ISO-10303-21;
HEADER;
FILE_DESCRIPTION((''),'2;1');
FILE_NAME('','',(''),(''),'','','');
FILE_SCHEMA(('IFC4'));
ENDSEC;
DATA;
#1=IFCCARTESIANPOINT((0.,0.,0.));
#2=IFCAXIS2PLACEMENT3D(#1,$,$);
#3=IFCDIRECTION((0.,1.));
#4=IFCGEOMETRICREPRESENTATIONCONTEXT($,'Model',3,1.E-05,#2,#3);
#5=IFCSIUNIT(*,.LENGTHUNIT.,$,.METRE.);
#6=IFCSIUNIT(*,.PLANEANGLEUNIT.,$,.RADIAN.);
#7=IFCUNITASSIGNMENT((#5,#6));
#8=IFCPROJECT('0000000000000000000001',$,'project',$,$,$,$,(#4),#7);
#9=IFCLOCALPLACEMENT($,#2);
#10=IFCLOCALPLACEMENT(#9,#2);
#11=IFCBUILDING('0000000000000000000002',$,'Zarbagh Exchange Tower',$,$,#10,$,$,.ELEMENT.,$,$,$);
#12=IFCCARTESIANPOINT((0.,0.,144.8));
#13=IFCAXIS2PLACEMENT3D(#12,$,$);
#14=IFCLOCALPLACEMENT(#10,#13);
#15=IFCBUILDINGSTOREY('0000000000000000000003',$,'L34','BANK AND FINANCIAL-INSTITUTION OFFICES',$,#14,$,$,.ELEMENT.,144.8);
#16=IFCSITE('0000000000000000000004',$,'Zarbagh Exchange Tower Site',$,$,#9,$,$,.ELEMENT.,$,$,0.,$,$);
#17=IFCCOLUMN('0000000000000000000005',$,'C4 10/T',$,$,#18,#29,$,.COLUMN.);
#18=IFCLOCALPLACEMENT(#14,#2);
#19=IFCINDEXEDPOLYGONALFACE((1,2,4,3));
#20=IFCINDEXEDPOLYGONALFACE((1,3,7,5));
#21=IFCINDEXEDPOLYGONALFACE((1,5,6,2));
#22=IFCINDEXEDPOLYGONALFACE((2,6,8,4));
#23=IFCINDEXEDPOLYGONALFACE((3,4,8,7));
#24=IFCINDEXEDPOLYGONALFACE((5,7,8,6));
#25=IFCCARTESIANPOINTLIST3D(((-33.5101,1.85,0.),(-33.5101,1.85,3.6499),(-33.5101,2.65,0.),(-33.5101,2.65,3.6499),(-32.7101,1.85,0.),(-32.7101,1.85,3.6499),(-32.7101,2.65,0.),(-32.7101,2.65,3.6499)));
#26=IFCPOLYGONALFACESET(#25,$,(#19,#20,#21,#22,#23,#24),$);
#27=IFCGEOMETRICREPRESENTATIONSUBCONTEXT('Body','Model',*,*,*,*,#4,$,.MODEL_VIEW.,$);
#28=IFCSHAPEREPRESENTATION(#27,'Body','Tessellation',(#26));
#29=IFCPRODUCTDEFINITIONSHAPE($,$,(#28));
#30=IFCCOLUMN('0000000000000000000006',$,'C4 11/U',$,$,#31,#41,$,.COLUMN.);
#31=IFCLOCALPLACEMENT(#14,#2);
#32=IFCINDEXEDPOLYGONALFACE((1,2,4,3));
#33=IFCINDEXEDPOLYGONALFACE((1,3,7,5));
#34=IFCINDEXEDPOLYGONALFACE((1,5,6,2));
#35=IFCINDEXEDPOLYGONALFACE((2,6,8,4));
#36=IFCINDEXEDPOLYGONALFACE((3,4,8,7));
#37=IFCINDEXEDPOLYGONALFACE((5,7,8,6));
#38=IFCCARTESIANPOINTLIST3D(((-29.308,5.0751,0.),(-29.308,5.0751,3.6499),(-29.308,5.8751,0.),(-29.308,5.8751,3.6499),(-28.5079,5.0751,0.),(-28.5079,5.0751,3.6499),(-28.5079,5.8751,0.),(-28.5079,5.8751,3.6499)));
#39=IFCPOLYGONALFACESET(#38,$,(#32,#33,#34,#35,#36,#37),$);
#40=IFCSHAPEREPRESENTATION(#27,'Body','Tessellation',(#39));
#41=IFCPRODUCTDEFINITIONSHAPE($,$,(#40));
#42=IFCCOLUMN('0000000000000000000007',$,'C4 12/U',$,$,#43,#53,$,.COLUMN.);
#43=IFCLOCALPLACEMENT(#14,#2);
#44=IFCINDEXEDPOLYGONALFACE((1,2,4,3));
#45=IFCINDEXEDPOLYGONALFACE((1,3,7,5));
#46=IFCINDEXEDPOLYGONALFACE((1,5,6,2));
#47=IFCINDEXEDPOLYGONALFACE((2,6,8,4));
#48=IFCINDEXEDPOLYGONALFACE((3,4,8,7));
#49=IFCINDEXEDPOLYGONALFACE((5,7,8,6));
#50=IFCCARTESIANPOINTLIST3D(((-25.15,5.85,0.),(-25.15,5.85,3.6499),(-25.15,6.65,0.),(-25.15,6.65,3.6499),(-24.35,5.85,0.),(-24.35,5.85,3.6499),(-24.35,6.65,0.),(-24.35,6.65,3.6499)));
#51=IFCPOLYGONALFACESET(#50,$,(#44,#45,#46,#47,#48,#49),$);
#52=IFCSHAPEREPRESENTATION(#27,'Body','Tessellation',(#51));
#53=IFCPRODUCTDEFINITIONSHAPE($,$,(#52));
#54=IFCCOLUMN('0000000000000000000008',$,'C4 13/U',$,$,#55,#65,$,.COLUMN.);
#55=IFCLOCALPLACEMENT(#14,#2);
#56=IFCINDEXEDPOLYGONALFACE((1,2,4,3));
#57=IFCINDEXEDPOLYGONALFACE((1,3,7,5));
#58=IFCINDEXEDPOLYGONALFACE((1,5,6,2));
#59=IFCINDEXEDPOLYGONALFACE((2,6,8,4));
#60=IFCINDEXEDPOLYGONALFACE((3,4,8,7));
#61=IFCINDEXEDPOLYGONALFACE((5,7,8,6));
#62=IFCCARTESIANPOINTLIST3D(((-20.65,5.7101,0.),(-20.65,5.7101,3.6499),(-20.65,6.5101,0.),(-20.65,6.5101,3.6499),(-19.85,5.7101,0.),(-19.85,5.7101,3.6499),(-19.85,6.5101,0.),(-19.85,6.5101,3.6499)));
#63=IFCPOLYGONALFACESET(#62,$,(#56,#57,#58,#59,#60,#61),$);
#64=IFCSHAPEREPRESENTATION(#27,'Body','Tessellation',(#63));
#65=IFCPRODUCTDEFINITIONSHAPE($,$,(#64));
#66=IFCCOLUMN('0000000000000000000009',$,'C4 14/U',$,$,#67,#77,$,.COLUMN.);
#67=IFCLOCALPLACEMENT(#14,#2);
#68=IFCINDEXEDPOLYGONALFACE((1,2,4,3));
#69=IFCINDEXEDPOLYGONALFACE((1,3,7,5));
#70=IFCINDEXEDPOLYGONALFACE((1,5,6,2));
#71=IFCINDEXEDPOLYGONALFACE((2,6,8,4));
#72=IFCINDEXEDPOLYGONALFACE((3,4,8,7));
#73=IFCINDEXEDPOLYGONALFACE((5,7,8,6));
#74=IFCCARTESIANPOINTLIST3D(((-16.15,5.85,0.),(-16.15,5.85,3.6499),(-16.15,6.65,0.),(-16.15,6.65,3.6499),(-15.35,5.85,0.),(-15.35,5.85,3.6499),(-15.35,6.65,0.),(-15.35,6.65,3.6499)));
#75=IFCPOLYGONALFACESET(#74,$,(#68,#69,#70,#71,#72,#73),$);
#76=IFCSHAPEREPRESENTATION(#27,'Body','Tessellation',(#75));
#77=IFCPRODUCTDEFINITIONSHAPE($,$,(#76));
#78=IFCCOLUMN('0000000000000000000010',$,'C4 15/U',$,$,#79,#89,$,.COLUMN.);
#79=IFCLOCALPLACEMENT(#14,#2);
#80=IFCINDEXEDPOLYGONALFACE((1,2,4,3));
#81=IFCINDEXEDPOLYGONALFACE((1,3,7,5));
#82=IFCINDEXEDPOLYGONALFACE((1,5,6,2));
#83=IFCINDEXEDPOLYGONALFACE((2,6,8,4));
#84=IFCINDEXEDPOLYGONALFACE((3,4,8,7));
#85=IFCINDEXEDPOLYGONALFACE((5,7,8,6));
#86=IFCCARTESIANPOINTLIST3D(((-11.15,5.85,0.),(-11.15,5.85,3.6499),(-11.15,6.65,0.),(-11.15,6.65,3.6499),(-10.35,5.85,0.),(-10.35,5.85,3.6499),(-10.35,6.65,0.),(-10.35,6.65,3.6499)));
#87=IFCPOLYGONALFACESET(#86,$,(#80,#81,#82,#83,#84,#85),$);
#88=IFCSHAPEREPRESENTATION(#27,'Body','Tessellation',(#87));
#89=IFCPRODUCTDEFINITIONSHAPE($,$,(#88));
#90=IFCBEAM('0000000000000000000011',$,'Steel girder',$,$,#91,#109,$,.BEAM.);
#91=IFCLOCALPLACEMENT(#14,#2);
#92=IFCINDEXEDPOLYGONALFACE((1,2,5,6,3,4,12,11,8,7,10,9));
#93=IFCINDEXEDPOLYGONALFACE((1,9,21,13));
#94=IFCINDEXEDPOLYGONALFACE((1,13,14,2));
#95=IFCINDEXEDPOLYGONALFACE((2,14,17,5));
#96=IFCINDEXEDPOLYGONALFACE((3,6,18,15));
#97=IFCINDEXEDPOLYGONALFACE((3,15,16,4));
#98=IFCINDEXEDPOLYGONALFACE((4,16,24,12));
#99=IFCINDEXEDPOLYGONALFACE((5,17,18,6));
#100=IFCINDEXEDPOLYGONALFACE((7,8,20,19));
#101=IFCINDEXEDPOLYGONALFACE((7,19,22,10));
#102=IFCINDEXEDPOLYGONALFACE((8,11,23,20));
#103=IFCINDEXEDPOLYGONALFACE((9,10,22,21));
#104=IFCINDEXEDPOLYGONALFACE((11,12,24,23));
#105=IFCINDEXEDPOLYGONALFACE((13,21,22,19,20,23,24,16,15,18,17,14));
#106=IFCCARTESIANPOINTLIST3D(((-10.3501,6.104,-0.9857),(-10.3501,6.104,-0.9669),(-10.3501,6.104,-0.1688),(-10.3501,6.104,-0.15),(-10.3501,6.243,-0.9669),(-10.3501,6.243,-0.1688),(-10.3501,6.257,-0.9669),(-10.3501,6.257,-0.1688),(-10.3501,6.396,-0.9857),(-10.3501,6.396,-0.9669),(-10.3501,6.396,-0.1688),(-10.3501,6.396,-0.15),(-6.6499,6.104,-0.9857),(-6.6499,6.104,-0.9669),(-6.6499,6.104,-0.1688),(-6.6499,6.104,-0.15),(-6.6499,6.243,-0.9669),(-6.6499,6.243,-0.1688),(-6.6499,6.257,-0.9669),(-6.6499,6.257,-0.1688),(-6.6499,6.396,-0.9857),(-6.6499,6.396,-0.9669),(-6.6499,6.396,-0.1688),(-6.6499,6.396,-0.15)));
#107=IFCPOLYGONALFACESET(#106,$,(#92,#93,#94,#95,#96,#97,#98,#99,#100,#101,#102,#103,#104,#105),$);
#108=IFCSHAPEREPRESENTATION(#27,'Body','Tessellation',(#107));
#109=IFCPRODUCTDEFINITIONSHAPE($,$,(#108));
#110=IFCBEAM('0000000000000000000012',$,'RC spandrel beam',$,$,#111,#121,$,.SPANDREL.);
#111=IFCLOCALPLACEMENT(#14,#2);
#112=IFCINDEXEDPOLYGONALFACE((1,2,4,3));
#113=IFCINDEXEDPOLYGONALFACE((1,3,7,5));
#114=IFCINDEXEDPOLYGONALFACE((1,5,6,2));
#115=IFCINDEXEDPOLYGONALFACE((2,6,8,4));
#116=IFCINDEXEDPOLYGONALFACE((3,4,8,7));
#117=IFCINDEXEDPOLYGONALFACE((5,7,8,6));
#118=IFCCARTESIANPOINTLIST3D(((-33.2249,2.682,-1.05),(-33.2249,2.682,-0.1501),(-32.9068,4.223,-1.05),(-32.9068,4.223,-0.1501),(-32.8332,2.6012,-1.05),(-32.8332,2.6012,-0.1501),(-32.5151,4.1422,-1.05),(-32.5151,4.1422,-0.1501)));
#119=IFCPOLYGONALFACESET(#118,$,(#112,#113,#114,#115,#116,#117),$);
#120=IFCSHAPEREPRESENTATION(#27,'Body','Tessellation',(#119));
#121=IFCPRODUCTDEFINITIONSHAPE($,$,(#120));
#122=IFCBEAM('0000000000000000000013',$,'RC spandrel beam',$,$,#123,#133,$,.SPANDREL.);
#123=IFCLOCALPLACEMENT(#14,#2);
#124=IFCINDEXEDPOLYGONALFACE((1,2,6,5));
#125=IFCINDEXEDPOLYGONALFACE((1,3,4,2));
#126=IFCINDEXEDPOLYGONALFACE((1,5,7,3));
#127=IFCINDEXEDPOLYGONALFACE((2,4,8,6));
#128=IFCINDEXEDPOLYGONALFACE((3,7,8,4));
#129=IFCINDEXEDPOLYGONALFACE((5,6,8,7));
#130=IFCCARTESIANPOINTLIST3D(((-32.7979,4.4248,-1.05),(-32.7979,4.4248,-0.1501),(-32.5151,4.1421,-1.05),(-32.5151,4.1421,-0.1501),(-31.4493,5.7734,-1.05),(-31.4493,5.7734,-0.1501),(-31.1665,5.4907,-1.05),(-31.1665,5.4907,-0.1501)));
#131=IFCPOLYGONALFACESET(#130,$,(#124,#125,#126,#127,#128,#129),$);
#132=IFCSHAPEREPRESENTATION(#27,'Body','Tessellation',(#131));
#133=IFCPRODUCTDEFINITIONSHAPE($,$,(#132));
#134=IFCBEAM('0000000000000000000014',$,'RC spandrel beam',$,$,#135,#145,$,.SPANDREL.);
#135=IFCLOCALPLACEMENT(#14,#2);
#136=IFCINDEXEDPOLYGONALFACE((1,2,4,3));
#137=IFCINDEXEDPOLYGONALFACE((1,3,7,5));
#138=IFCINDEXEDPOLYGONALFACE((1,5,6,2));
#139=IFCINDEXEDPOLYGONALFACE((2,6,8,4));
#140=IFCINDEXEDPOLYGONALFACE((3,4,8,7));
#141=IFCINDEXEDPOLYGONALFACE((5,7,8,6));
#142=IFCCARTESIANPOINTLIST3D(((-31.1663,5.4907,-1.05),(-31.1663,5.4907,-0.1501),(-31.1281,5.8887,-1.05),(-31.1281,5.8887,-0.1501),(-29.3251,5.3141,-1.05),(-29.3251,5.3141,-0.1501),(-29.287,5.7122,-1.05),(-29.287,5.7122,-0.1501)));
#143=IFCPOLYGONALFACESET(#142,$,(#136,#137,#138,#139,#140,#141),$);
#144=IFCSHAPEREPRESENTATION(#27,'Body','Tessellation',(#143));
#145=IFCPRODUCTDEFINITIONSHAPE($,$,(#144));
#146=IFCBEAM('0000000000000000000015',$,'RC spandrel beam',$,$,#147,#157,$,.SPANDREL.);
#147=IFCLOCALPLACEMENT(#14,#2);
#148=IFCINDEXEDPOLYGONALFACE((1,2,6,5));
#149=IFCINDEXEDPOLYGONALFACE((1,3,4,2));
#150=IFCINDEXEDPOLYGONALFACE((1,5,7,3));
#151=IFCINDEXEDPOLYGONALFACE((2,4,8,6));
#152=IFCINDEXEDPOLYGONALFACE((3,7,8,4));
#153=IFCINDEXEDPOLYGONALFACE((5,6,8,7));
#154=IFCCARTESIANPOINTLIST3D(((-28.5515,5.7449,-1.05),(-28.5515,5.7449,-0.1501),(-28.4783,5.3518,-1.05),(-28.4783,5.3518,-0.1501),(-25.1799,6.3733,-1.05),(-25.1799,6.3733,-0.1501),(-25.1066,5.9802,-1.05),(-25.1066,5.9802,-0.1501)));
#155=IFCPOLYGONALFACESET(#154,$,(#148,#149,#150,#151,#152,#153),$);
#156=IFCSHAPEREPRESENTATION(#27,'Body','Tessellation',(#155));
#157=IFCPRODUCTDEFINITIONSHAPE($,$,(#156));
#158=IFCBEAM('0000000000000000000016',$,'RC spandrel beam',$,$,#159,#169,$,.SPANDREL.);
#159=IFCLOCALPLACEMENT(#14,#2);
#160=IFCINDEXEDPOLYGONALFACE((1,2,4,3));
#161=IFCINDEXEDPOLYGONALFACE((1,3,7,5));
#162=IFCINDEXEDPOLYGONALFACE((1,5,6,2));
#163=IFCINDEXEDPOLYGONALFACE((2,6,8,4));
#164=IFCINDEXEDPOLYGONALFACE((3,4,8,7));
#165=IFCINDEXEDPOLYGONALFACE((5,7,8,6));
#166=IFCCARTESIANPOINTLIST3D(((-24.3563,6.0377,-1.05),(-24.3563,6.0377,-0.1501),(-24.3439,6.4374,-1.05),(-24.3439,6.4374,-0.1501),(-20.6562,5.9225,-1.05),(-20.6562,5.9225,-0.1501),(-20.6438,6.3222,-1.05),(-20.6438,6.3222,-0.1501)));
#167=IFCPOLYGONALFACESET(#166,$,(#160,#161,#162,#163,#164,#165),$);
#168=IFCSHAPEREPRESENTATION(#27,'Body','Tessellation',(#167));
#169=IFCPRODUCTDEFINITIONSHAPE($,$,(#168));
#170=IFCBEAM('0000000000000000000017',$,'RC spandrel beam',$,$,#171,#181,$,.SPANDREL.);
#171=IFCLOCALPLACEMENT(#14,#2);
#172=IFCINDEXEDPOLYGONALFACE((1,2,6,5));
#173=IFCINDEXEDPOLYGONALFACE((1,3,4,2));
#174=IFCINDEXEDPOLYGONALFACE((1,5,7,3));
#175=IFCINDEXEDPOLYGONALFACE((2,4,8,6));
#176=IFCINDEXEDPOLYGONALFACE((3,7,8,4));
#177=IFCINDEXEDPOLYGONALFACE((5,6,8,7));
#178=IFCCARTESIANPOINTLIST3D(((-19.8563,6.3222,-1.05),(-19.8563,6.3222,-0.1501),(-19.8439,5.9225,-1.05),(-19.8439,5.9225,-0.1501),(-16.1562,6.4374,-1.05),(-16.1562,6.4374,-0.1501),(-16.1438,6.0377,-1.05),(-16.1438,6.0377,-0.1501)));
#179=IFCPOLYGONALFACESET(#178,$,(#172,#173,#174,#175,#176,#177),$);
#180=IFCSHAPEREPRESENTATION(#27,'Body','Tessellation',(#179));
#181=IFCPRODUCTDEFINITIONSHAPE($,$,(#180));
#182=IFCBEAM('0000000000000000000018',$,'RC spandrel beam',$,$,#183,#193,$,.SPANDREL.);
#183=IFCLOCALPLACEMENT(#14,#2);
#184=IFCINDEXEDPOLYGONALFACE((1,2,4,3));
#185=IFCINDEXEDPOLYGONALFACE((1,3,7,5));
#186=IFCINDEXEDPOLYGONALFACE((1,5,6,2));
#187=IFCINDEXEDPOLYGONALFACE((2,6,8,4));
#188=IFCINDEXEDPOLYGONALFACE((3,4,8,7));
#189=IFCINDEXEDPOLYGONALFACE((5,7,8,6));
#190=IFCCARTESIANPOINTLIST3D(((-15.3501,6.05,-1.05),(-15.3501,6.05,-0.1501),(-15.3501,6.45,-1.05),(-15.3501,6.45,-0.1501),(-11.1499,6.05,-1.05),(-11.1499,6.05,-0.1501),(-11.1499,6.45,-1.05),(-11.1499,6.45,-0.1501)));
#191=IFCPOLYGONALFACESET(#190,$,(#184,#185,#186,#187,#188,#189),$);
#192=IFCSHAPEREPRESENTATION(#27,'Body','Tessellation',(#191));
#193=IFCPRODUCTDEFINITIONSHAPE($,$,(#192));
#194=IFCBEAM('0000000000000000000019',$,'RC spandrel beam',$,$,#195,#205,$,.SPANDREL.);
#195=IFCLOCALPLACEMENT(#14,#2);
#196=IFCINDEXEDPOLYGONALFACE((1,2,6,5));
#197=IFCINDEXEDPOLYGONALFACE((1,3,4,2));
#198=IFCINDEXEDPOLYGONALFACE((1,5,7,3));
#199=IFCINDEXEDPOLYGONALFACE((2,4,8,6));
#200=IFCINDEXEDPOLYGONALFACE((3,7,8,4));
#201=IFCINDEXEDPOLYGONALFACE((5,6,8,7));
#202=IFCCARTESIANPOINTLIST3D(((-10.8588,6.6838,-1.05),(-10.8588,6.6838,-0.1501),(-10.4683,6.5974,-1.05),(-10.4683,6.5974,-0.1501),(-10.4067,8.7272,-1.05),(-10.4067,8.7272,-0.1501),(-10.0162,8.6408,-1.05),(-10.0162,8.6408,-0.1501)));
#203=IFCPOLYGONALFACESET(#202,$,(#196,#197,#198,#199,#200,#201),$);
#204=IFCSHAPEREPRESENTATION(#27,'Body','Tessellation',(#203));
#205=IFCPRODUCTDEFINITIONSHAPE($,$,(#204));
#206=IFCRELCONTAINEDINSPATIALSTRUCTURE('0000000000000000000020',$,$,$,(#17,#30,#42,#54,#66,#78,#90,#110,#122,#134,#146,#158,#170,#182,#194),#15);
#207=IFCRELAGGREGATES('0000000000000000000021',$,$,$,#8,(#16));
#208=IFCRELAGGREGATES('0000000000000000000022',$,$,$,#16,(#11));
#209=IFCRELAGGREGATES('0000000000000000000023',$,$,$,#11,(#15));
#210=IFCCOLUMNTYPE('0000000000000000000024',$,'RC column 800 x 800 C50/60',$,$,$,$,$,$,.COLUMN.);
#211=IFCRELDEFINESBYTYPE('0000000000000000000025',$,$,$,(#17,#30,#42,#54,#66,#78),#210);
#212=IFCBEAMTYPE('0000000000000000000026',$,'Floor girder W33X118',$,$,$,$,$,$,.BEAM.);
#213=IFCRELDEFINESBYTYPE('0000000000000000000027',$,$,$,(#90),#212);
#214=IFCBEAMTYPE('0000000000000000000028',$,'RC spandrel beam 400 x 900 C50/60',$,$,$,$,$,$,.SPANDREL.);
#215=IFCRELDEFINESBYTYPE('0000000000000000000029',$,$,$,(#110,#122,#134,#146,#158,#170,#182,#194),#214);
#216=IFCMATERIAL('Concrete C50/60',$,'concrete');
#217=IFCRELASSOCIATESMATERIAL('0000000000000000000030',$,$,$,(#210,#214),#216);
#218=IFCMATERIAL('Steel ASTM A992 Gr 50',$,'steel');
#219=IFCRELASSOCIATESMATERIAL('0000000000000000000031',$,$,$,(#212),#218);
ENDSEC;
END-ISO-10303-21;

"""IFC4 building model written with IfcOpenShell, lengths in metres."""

from ifc_helpers import new_model, si_unit, direction, frame, origin, origin_2d, place, context, subcontext, project, spatial, rectangle, i_section, extrude, material, material_profile, profile_set, type_object, element, save


model = new_model("IFC4")

# Units and contexts
model_context = context("Model", 3, precision=1e-05, world=origin(), true_north=direction((0.0, 1.0)))
body_context = subcontext(model_context, "Body", "Model", "MODEL_VIEW")
ifc_project = project(units=[si_unit("LENGTHUNIT", "METRE"), si_unit("PLANEANGLEUNIT", "RADIAN")], contexts=[model_context])

# Site, building, storey
site_placement = place(None, origin())
site = spatial("IfcSite", under=ifc_project, at=site_placement, Name="Zarbagh Exchange Tower Site", CompositionType="ELEMENT", RefElevation=0.0)
building_placement = place(site_placement, origin())
building = spatial("IfcBuilding", under=site, at=building_placement, Name="Zarbagh Exchange Tower", CompositionType="ELEMENT")
storey_placement = place(building_placement, frame((0.0, 0.0, 144.8)))
storey = spatial("IfcBuildingStorey", under=building, at=storey_placement, Name="L34", Description="BANK AND FINANCIAL-INSTITUTION OFFICES", CompositionType="ELEMENT", Elevation=144.8)

# Columns
ifc_material_1 = material(Name="Concrete C50/60", Category="concrete")
ifc_material_profile_1 = material_profile(ifc_material_1, rectangle(XDim=0.8, YDim=0.8, at=origin_2d()), Name="RC column 800 x 800 C50/60")
ifc_profile_set_1 = profile_set([ifc_material_profile_1], Name="Concrete C50/60")
column_type = type_object("IfcColumnType", Name="RC column 800 x 800 C50/60", PredefinedType="COLUMN", material=ifc_profile_set_1)
for number, where, z_axis, x_axis, name in (
    (1, (-33.1101, 2.25, 0.0), (0.0, 0.0, 1.0), (1.0, 0.0, 0.0), "C4 10/T"),
    (2, (-28.908, 5.4751, 0.0), (0.0, 0.0, 1.0), (1.0, 0.0, 0.0), "C4 11/U"),
    (3, (-24.75, 6.25, 0.0), (0.0, 0.0, 1.0), (1.0, 0.0, 0.0), "C4 12/U"),
    (4, (-20.25, 6.1101, 0.0), (0.0, 0.0, 1.0), (1.0, 0.0, 0.0), "C4 13/U"),
    (5, (-15.75, 6.25, 0.0), (0.0, 0.0, 1.0), (1.0, 0.0, 0.0), "C4 14/U"),
    (6, (-10.75, 6.25, 0.0), (0.0, 0.0, 1.0), (1.0, 0.0, 0.0), "C4 15/U"),
):
    element("IfcColumn", number, at=place(storey_placement, frame(where, z_axis=z_axis, x_axis=x_axis)), inside=storey, type_object=column_type, Name=name, PredefinedType="COLUMN", context=body_context, shape_type="SweptSolid", body=[
        extrude(rectangle(XDim=0.8, YDim=0.8, at=origin_2d()), origin(), (0.0, 0.0, 1.0), 3.6499),
    ])

# Beams
ifc_material_2 = material(Name="Steel ASTM A992 Gr 50", Category="steel")
ifc_material_profile_2 = material_profile(ifc_material_2, i_section(OverallWidth=0.292, OverallDepth=0.8357, WebThickness=0.0139, FlangeThickness=0.0188, at=origin_2d()), Name="W33X118")
ifc_profile_set_2 = profile_set([ifc_material_profile_2], Name="Steel ASTM A992 Gr 50")
beam_type_1 = type_object("IfcBeamType", Name="Floor girder W33X118", PredefinedType="BEAM", material=ifc_profile_set_2)
beam_1_placement = place(storey_placement, frame((-10.3501, 6.25, -0.5679), z_axis=(1.0, 0.0, 0.0), x_axis=(0.0, 1.0, 0.0)))
element("IfcBeam", 7, at=beam_1_placement, inside=storey, type_object=beam_type_1, Name="Steel girder", PredefinedType="BEAM", context=body_context, shape_type="SweptSolid", body=[
    extrude(i_section(OverallWidth=0.292, OverallDepth=0.8357, WebThickness=0.0139, FlangeThickness=0.0188, at=origin_2d()), origin(), (0.0, 0.0, 1.0), 3.7002),
])
ifc_material_profile_3 = material_profile(ifc_material_1, rectangle(XDim=0.3999, YDim=0.8999, at=origin_2d()), Name="RC spandrel beam 400 x 900 C50/60")
ifc_profile_set_3 = profile_set([ifc_material_profile_3], Name="Concrete C50/60")
beam_type_2 = type_object("IfcBeamType", Name="RC spandrel beam 400 x 900 C50/60", PredefinedType="SPANDREL", material=ifc_profile_set_3)
beam_2_placement = place(storey_placement, frame((-33.0291, 2.6416, -0.6001), z_axis=(0.202169, 0.979351, 0.0), x_axis=(-0.979351, 0.202169, 0.0)))
element("IfcBeam", 8, at=beam_2_placement, inside=storey, type_object=beam_type_2, Name="RC spandrel beam", PredefinedType="SPANDREL", context=body_context, shape_type="SweptSolid", body=[
    extrude(rectangle(XDim=0.3999, YDim=0.8999, at=origin_2d()), origin(), (0.0, 0.0, 1.0), 1.5735),
])
beam_3_placement = place(storey_placement, frame((-32.6565, 4.2834, -0.6001), z_axis=(0.707107, 0.707107, 0.0), x_axis=(-0.707107, 0.707107, 0.0)))
element("IfcBeam", 9, at=beam_3_placement, inside=storey, type_object=beam_type_2, Name="RC spandrel beam", PredefinedType="SPANDREL", context=body_context, shape_type="SweptSolid", body=[
    extrude(rectangle(XDim=0.3999, YDim=0.8999, at=origin_2d()), origin(), (0.0, 0.0, 1.0), 1.9072),
])
beam_4_placement = place(storey_placement, frame((-31.1472, 5.6897, -0.6001), z_axis=(0.995435, -0.095438, 0.0), x_axis=(0.095438, 0.995435, 0.0)))
element("IfcBeam", 10, at=beam_4_placement, inside=storey, type_object=beam_type_2, Name="RC spandrel beam", PredefinedType="SPANDREL", context=body_context, shape_type="SweptSolid", body=[
    extrude(rectangle(XDim=0.3999, YDim=0.8999, at=origin_2d()), origin(), (0.0, 0.0, 1.0), 1.8496),
])
beam_5_placement = place(storey_placement, frame((-28.5149, 5.5483, -0.6001), z_axis=(0.98307, 0.183231, 0.0), x_axis=(-0.183231, 0.98307, 0.0)))
element("IfcBeam", 11, at=beam_5_placement, inside=storey, type_object=beam_type_2, Name="RC spandrel beam", PredefinedType="SPANDREL", context=body_context, shape_type="SweptSolid", body=[
    extrude(rectangle(XDim=0.3999, YDim=0.8999, at=origin_2d()), origin(), (0.0, 0.0, 1.0), 3.4297),
])
for number, where, z_axis, x_axis, name in (
    (12, (-24.3501, 6.2375, -0.6001), (0.999515, -0.031128, 0.0), (0.031128, 0.999515, 0.0), "RC spandrel beam"),
    (13, (-19.8501, 6.1223, -0.6001), (0.999515, 0.031128, 0.0), (-0.031128, 0.999515, 0.0), "RC spandrel beam"),
):
    element("IfcBeam", number, at=place(storey_placement, frame(where, z_axis=z_axis, x_axis=x_axis)), inside=storey, type_object=beam_type_2, Name=name, PredefinedType="SPANDREL", context=body_context, shape_type="SweptSolid", body=[
        extrude(rectangle(XDim=0.3999, YDim=0.8999, at=origin_2d()), origin(), (0.0, 0.0, 1.0), 3.7019),
    ])
beam_6_placement = place(storey_placement, frame((-15.3501, 6.25, -0.6001), z_axis=(1.0, 0.0, 0.0), x_axis=(0.0, 1.0, 0.0)))
element("IfcBeam", 14, at=beam_6_placement, inside=storey, type_object=beam_type_2, Name="RC spandrel beam", PredefinedType="SPANDREL", context=body_context, shape_type="SweptSolid", body=[
    extrude(rectangle(XDim=0.3999, YDim=0.8999, at=origin_2d()), origin(), (0.0, 0.0, 1.0), 4.2002),
])
beam_7_placement = place(storey_placement, frame((-10.6636, 6.6406, -0.6001), z_axis=(0.216041, 0.976384, 0.0), x_axis=(-0.976384, 0.216041, 0.0)))
element("IfcBeam", 15, at=beam_7_placement, inside=storey, type_object=beam_type_2, Name="RC spandrel beam", PredefinedType="SPANDREL", context=body_context, shape_type="SweptSolid", body=[
    extrude(rectangle(XDim=0.3999, YDim=0.8999, at=origin_2d()), origin(), (0.0, 0.0, 1.0), 2.0928),
])

save(model, "model.ifc")
